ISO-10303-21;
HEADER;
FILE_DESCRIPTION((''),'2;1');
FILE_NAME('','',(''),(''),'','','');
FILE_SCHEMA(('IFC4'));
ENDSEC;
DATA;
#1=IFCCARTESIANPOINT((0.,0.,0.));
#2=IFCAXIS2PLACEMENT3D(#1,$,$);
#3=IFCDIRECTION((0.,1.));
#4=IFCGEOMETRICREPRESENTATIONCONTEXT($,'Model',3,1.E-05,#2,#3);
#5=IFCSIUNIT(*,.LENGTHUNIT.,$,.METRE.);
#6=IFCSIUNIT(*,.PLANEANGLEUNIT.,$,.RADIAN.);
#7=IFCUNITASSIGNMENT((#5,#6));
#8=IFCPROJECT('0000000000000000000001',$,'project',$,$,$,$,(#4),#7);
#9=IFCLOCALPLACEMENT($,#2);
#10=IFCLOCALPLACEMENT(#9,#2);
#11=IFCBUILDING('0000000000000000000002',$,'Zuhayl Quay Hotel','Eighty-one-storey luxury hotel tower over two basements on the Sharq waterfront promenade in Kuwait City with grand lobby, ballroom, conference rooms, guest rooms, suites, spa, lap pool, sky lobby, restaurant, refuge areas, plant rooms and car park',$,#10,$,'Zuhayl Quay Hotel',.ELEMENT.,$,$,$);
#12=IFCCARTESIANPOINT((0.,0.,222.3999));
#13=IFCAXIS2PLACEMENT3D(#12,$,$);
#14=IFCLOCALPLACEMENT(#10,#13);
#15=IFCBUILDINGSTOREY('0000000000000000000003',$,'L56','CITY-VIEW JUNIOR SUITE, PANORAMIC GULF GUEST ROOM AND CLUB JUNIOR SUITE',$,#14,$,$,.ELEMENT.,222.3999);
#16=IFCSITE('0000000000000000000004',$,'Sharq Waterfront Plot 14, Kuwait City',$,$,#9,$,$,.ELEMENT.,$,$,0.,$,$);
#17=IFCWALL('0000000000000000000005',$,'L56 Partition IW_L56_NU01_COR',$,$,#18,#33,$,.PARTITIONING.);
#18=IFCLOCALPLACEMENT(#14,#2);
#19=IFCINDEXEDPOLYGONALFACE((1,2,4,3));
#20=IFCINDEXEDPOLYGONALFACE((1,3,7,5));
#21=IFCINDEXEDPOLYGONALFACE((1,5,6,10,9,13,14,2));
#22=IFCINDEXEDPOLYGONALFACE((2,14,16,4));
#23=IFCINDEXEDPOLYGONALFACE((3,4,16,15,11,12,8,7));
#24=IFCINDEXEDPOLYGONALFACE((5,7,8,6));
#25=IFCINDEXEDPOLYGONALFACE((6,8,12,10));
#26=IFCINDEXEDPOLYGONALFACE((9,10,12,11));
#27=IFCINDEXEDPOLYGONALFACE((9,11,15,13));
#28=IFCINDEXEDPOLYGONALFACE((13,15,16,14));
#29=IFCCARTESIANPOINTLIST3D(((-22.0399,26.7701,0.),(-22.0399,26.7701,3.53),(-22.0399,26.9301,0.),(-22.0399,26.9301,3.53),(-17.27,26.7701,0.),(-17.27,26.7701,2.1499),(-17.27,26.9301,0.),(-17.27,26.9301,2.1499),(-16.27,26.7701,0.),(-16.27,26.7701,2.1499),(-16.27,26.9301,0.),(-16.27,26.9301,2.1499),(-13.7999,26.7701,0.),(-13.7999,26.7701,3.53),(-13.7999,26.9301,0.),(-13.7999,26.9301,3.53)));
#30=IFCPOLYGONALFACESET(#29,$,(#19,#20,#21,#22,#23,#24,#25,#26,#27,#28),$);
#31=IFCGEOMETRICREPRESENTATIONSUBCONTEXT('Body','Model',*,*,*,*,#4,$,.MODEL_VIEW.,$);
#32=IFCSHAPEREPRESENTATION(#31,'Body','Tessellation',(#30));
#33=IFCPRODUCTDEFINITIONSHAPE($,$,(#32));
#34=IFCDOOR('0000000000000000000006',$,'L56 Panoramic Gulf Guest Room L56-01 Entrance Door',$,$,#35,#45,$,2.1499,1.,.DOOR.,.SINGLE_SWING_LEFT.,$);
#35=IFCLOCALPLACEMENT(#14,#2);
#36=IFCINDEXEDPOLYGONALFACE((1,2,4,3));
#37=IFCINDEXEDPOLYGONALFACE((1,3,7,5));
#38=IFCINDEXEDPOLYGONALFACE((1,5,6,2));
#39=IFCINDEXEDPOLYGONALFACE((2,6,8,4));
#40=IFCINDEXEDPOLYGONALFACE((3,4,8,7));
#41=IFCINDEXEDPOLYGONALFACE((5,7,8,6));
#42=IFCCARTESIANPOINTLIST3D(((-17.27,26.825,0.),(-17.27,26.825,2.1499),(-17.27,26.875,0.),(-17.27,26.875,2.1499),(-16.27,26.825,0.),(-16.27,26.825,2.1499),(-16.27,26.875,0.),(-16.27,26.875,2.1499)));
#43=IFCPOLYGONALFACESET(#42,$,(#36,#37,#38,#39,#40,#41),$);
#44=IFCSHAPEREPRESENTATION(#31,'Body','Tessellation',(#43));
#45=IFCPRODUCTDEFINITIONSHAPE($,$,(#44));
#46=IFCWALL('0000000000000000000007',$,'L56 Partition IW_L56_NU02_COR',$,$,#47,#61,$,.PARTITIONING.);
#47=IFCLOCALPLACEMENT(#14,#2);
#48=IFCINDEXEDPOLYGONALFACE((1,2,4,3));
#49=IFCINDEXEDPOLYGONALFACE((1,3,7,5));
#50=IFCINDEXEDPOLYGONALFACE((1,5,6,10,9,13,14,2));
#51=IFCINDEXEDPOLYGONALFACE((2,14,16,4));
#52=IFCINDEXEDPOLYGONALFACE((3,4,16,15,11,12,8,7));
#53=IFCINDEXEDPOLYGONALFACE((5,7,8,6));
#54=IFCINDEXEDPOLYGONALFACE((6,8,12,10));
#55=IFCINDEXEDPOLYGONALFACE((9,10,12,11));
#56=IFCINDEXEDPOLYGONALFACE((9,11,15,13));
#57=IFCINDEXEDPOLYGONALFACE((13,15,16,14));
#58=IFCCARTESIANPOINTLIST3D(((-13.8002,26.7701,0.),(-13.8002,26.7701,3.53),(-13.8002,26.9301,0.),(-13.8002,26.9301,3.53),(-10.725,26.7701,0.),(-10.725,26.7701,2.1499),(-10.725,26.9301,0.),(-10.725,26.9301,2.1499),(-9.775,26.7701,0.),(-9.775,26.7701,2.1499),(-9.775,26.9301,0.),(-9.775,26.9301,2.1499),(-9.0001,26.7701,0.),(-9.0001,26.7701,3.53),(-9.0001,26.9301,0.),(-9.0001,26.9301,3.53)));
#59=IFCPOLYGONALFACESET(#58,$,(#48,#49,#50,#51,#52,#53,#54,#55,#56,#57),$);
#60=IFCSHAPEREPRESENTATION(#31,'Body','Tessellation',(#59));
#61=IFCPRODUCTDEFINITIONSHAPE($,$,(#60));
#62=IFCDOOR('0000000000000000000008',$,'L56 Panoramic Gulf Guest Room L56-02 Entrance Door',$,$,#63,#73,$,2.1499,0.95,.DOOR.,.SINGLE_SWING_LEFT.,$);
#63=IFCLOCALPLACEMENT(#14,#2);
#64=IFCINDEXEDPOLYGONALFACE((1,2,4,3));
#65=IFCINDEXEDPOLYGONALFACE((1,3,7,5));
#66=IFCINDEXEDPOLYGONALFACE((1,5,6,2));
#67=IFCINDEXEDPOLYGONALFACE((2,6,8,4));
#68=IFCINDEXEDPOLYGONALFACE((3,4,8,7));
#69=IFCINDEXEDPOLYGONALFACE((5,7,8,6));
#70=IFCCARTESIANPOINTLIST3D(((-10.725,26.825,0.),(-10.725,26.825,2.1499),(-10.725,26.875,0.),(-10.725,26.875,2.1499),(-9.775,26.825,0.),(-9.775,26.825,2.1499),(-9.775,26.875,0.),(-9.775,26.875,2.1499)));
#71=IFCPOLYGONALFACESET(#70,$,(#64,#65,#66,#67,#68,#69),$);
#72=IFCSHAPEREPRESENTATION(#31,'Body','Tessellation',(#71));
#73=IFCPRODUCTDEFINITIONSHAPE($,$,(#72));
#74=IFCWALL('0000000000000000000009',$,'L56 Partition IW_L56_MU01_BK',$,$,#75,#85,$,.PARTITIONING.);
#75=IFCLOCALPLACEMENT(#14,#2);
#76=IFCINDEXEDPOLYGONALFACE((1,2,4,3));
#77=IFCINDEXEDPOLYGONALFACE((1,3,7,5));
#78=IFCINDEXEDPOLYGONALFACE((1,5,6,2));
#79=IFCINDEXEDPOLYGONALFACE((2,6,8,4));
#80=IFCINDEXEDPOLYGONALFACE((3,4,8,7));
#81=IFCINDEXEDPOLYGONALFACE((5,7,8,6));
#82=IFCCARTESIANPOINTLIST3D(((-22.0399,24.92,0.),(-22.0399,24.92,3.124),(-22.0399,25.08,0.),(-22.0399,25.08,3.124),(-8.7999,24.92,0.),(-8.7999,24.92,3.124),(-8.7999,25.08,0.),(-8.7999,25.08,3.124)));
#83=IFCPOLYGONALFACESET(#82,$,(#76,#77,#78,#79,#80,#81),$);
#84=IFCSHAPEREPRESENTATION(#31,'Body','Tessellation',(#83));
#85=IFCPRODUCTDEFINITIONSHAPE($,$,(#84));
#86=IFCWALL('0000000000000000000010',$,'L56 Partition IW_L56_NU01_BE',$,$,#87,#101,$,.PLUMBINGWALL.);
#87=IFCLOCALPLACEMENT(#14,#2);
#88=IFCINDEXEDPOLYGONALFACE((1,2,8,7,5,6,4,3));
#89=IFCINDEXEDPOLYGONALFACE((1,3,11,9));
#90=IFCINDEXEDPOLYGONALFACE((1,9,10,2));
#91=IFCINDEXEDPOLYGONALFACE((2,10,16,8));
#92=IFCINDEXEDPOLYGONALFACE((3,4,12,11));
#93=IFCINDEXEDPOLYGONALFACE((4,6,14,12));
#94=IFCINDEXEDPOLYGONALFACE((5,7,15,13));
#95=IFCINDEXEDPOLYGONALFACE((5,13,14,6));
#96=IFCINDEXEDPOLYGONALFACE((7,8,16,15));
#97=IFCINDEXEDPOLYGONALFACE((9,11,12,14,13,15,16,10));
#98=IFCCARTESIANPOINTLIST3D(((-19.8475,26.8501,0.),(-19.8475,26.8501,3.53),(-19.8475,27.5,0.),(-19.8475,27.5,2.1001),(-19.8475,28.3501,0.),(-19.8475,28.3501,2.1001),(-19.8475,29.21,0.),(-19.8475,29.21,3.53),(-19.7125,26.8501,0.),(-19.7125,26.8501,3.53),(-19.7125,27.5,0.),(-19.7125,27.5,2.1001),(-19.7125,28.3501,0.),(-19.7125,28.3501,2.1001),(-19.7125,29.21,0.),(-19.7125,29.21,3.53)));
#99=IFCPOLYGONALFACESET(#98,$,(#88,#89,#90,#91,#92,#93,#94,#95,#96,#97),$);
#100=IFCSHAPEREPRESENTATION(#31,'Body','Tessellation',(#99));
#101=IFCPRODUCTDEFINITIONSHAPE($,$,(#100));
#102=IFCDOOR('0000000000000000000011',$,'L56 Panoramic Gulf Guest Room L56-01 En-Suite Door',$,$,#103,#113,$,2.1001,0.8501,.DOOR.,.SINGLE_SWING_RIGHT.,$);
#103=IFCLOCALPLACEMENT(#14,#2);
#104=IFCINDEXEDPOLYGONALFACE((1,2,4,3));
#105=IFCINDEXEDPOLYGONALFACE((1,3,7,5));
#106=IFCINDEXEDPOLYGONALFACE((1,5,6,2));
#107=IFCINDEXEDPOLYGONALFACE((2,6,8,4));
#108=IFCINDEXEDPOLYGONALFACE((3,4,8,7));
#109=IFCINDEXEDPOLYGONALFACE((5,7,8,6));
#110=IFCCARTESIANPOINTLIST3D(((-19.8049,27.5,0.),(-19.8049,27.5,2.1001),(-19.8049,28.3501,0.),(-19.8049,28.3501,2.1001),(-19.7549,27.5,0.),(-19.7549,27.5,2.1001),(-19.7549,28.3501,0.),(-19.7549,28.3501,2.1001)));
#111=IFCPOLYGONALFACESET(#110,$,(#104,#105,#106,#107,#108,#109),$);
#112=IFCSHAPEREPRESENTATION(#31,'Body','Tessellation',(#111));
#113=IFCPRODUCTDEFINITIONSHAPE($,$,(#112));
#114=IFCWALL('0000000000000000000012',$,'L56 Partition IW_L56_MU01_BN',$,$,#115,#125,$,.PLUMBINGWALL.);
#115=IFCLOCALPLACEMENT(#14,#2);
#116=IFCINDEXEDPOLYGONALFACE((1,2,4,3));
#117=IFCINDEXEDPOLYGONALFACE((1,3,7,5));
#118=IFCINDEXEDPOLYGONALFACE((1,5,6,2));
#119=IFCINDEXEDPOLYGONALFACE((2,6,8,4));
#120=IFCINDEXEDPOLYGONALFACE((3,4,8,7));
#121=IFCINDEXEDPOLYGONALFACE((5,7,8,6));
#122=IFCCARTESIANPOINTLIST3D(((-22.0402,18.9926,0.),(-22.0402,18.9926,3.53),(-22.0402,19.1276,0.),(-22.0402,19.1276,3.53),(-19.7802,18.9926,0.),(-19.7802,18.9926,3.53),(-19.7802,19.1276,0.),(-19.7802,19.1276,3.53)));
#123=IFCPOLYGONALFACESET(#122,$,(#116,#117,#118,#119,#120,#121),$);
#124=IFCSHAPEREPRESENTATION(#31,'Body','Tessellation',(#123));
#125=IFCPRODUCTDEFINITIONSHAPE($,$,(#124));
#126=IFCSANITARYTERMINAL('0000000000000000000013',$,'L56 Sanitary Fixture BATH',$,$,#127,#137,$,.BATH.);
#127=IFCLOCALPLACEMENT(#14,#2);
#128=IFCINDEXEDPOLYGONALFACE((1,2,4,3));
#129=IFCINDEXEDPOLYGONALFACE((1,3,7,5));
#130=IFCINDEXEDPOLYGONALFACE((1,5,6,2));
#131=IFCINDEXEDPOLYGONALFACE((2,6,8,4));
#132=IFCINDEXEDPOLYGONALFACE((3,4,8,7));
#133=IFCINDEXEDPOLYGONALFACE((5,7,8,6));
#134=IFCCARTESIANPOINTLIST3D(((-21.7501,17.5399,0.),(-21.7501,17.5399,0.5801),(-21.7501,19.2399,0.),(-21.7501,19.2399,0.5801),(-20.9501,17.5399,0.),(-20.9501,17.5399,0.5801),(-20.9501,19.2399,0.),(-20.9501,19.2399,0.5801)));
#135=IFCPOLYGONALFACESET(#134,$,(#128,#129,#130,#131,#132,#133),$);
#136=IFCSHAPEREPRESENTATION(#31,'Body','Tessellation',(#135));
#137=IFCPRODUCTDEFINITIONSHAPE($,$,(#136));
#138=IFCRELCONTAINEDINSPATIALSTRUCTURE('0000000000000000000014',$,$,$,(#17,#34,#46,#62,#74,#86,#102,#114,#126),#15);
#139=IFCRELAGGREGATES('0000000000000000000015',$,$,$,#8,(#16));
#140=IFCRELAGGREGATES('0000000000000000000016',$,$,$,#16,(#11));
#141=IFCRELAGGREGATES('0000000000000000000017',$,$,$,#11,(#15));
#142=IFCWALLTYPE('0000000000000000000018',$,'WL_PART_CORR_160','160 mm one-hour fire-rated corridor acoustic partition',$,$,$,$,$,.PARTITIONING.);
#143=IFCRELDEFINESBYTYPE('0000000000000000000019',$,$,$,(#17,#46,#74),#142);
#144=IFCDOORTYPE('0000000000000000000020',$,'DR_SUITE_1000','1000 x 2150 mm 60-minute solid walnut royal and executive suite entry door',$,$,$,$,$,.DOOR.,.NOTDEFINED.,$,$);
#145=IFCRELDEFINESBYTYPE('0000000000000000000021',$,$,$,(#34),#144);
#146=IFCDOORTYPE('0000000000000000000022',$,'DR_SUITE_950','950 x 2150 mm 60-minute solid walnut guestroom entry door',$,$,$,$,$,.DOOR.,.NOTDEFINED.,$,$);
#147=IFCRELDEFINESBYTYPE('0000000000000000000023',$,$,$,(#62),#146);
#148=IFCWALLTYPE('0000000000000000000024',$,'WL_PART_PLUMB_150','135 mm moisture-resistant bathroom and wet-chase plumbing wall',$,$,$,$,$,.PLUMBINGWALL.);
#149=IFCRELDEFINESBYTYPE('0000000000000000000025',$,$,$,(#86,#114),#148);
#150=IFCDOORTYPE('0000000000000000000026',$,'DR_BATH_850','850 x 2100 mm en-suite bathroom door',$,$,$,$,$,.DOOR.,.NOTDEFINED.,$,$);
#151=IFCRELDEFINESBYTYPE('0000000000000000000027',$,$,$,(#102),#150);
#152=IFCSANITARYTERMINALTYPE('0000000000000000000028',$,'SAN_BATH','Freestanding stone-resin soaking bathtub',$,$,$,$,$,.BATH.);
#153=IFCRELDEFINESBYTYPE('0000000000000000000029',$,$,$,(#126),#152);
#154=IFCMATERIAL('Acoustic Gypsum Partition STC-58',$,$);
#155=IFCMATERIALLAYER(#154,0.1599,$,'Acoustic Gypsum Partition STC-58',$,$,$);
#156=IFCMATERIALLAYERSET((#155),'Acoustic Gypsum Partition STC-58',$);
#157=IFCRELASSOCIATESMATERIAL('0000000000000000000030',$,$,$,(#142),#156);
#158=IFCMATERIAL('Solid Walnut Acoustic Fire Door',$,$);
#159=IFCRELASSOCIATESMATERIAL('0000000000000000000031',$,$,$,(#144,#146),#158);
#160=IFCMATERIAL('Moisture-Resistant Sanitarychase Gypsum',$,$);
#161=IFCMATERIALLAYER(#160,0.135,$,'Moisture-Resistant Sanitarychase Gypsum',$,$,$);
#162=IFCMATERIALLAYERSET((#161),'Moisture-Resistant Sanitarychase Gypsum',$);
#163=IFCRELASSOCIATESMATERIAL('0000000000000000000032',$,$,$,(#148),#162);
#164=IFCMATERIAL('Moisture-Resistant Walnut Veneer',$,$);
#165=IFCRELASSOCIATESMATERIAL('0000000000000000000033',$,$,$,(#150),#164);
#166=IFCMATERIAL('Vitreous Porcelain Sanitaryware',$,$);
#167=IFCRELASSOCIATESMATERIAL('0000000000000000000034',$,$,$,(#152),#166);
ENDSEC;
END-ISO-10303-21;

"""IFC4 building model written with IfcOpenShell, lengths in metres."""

from ifc_helpers import new_model, si_unit, direction, frame, frame_2d, origin, origin_2d, place, context, subcontext, project, spatial, rectangle, extrude, material, layer, layer_set, type_object, element, fill, save


model = new_model("IFC4")

# Units and contexts
model_context = context("Model", 3, precision=1e-05, world=origin(), true_north=direction((0.0, 1.0)))
body_context = subcontext(model_context, "Body", "Model", "MODEL_VIEW")
ifc_project = project(units=[si_unit("LENGTHUNIT", "METRE"), si_unit("PLANEANGLEUNIT", "RADIAN")], contexts=[model_context])

# Site, building, storey
site_placement = place(None, origin())
site = spatial("IfcSite", under=ifc_project, at=site_placement, Name="Sharq Waterfront Plot 14, Kuwait City", CompositionType="ELEMENT", RefElevation=0.0)
building_placement = place(site_placement, origin())
building = spatial("IfcBuilding", under=site, at=building_placement, Name="Zuhayl Quay Hotel", Description="Eighty-one-storey luxury hotel tower over two basements on the Sharq waterfront promenade in Kuwait City with grand lobby, ballroom, conference rooms, guest rooms, suites, spa, lap pool, sky lobby, restaurant, refuge areas, plant rooms and car park", LongName="Zuhayl Quay Hotel", CompositionType="ELEMENT")
storey_placement = place(building_placement, frame((0.0, 0.0, 222.3999)))
storey = spatial("IfcBuildingStorey", under=building, at=storey_placement, Name="L56", Description="CITY-VIEW JUNIOR SUITE, PANORAMIC GULF GUEST ROOM AND CLUB JUNIOR SUITE", CompositionType="ELEMENT", Elevation=222.3999)

# Walls, openings, doors
ifc_material_1 = material(Name="Acoustic Gypsum Partition STC-58")
ifc_layer_1 = layer(ifc_material_1, 0.1599, Name="Acoustic Gypsum Partition STC-58")
ifc_layer_set_1 = layer_set([ifc_layer_1], Name="Acoustic Gypsum Partition STC-58")
wall_type_1 = type_object("IfcWallType", Name="WL_PART_CORR_160", Description="160 mm one-hour fire-rated corridor acoustic partition", PredefinedType="PARTITIONING", material=ifc_layer_set_1)
wall_1_placement = place(storey_placement, frame((-22.04, 26.8501, 0.0), z_axis=(0.0, 0.0, 1.0), x_axis=(1.0, 0.0, 0.0)))
wall_1 = element("IfcWall", 1, at=wall_1_placement, inside=storey, type_object=wall_type_1, Name="L56 Partition IW_L56_NU01_COR", PredefinedType="PARTITIONING", context=body_context, shape_type="SweptSolid", body=[
    extrude(rectangle(XDim=8.24, YDim=0.1599, at=frame_2d((4.1201, 0.0))), origin(), (0.0, 0.0, 1.0), 3.53),
])
opening_1_placement = place(wall_1_placement, frame((4.77, 0.0, 0.0)))
opening_1 = element("IfcOpeningElement", 2, at=opening_1_placement, cuts=wall_1, PredefinedType="OPENING", context=body_context, shape_type="SweptSolid", body=[
    extrude(rectangle(XDim=1.0, YDim=2.1499, at=frame_2d((0.5, 1.075))), frame((0.0, 0.0898, 0.0), z_axis=(0.0, -1.0, 0.0), x_axis=(1.0, 0.0, 0.0)), (0.0, 0.0, 1.0), 0.1799),
])
ifc_material_2 = material(Name="Solid Walnut Acoustic Fire Door")
door_type_1 = type_object("IfcDoorType", Name="DR_SUITE_1000", Description="1000 x 2150 mm 60-minute solid walnut royal and executive suite entry door", OperationType="NOTDEFINED", PredefinedType="DOOR", material=ifc_material_2)
door_1_placement = place(opening_1_placement, origin())
door_1 = element("IfcDoor", 3, at=door_1_placement, inside=storey, type_object=door_type_1, Name="L56 Panoramic Gulf Guest Room L56-01 Entrance Door", OperationType="SINGLE_SWING_LEFT", OverallHeight=2.1499, OverallWidth=1.0, PredefinedType="DOOR", context=body_context, shape_type="SweptSolid", body=[
    extrude(rectangle(XDim=1.0, YDim=2.1499, at=frame_2d((0.5, 1.075))), frame((0.0, 0.0249, 0.0), z_axis=(0.0, -1.0, 0.0), x_axis=(1.0, 0.0, 0.0)), (0.0, 0.0, 1.0), 0.05),
])
fill(opening_1, door_1)
wall_2_placement = place(storey_placement, frame((-13.8, 26.8501, 0.0), z_axis=(0.0, 0.0, 1.0), x_axis=(1.0, 0.0, 0.0)))
wall_2 = element("IfcWall", 4, at=wall_2_placement, inside=storey, type_object=wall_type_1, Name="L56 Partition IW_L56_NU02_COR", PredefinedType="PARTITIONING", context=body_context, shape_type="SweptSolid", body=[
    extrude(rectangle(XDim=4.8, YDim=0.1599, at=frame_2d((2.3999, 0.0))), origin(), (0.0, 0.0, 1.0), 3.53),
])
opening_2_placement = place(wall_2_placement, frame((3.075, 0.0, 0.0)))
opening_2 = element("IfcOpeningElement", 5, at=opening_2_placement, cuts=wall_2, PredefinedType="OPENING", context=body_context, shape_type="SweptSolid", body=[
    extrude(rectangle(XDim=0.95, YDim=2.1499, at=frame_2d((0.4751, 1.075))), frame((0.0, 0.0898, 0.0), z_axis=(0.0, -1.0, 0.0), x_axis=(1.0, 0.0, 0.0)), (0.0, 0.0, 1.0), 0.1799),
])
door_type_2 = type_object("IfcDoorType", Name="DR_SUITE_950", Description="950 x 2150 mm 60-minute solid walnut guestroom entry door", OperationType="NOTDEFINED", PredefinedType="DOOR", material=ifc_material_2)
door_2_placement = place(opening_2_placement, origin())
door_2 = element("IfcDoor", 6, at=door_2_placement, inside=storey, type_object=door_type_2, Name="L56 Panoramic Gulf Guest Room L56-02 Entrance Door", OperationType="SINGLE_SWING_LEFT", OverallHeight=2.1499, OverallWidth=0.95, PredefinedType="DOOR", context=body_context, shape_type="SweptSolid", body=[
    extrude(rectangle(XDim=0.95, YDim=2.1499, at=frame_2d((0.4751, 1.075))), frame((0.0, 0.0249, 0.0), z_axis=(0.0, -1.0, 0.0), x_axis=(1.0, 0.0, 0.0)), (0.0, 0.0, 1.0), 0.05),
])
fill(opening_2, door_2)

# Wall
wall_3_placement = place(storey_placement, frame((-22.04, 25.0, 0.0), z_axis=(0.0, 0.0, 1.0), x_axis=(1.0, 0.0, 0.0)))
element("IfcWall", 7, at=wall_3_placement, inside=storey, type_object=wall_type_1, Name="L56 Partition IW_L56_MU01_BK", PredefinedType="PARTITIONING", context=body_context, shape_type="SweptSolid", body=[
    extrude(rectangle(XDim=13.24, YDim=0.1599, at=frame_2d((6.6201, 0.0))), origin(), (0.0, 0.0, 1.0), 3.124),
])

# Wall, opening, door
ifc_material_3 = material(Name="Moisture-Resistant Sanitarychase Gypsum")
ifc_layer_2 = layer(ifc_material_3, 0.135, Name="Moisture-Resistant Sanitarychase Gypsum")
ifc_layer_set_2 = layer_set([ifc_layer_2], Name="Moisture-Resistant Sanitarychase Gypsum")
wall_type_2 = type_object("IfcWallType", Name="WL_PART_PLUMB_150", Description="135 mm moisture-resistant bathroom and wet-chase plumbing wall", PredefinedType="PLUMBINGWALL", material=ifc_layer_set_2)
wall_4_placement = place(storey_placement, frame((-19.78, 26.8501, 0.0), z_axis=(0.0, 0.0, 1.0), x_axis=(0.0, 1.0, 0.0)))
wall_4 = element("IfcWall", 8, at=wall_4_placement, inside=storey, type_object=wall_type_2, Name="L56 Partition IW_L56_NU01_BE", PredefinedType="PLUMBINGWALL", context=body_context, shape_type="SweptSolid", body=[
    extrude(rectangle(XDim=2.3599, YDim=0.135, at=frame_2d((1.1799, 0.0))), origin(), (0.0, 0.0, 1.0), 3.53),
])
opening_3_placement = place(wall_4_placement, frame((0.6499, 0.0, 0.0)))
opening_3 = element("IfcOpeningElement", 9, at=opening_3_placement, cuts=wall_4, PredefinedType="OPENING", context=body_context, shape_type="SweptSolid", body=[
    extrude(rectangle(XDim=0.8501, YDim=2.1001, at=frame_2d((0.425, 1.05))), frame((0.0, 0.0774, 0.0), z_axis=(0.0, -1.0, 0.0), x_axis=(1.0, 0.0, 0.0)), (0.0, 0.0, 1.0), 0.155),
])
ifc_material_4 = material(Name="Moisture-Resistant Walnut Veneer")
door_type_3 = type_object("IfcDoorType", Name="DR_BATH_850", Description="850 x 2100 mm en-suite bathroom door", OperationType="NOTDEFINED", PredefinedType="DOOR", material=ifc_material_4)
door_3_placement = place(opening_3_placement, origin())
door_3 = element("IfcDoor", 10, at=door_3_placement, inside=storey, type_object=door_type_3, Name="L56 Panoramic Gulf Guest Room L56-01 En-Suite Door", OperationType="SINGLE_SWING_RIGHT", OverallHeight=2.1001, OverallWidth=0.8501, PredefinedType="DOOR", context=body_context, shape_type="SweptSolid", body=[
    extrude(rectangle(XDim=0.8501, YDim=2.1001, at=frame_2d((0.425, 1.05))), frame((0.0, 0.0249, 0.0), z_axis=(0.0, -1.0, 0.0), x_axis=(1.0, 0.0, 0.0)), (0.0, 0.0, 1.0), 0.05),
])
fill(opening_3, door_3)

# Wall
wall_5_placement = place(storey_placement, frame((-22.04, 19.0601, 0.0), z_axis=(0.0, 0.0, 1.0), x_axis=(1.0, 0.0, 0.0)))
element("IfcWall", 11, at=wall_5_placement, inside=storey, type_object=wall_type_2, Name="L56 Partition IW_L56_MU01_BN", PredefinedType="PLUMBINGWALL", context=body_context, shape_type="SweptSolid", body=[
    extrude(rectangle(XDim=2.26, YDim=0.135, at=frame_2d((1.1299, 0.0))), origin(), (0.0, 0.0, 1.0), 3.53),
])

# Sanitary terminal
ifc_material_5 = material(Name="Vitreous Porcelain Sanitaryware")
sanitary_terminal_type = type_object("IfcSanitaryTerminalType", Name="SAN_BATH", Description="Freestanding stone-resin soaking bathtub", PredefinedType="BATH", material=ifc_material_5)
sanitary_terminal_placement = place(storey_placement, frame((-21.3501, 18.3899, 0.0), z_axis=(0.0, 0.0, 1.0), x_axis=(1.0, 0.0, 0.0)))
element("IfcSanitaryTerminal", 12, at=sanitary_terminal_placement, inside=storey, type_object=sanitary_terminal_type, Name="L56 Sanitary Fixture BATH", PredefinedType="BATH", context=body_context, shape_type="SweptSolid", body=[
    extrude(rectangle(XDim=0.8, YDim=1.7, at=origin_2d()), origin(), (0.0, 0.0, 1.0), 0.5801),
])

save(model, "model.ifc")
